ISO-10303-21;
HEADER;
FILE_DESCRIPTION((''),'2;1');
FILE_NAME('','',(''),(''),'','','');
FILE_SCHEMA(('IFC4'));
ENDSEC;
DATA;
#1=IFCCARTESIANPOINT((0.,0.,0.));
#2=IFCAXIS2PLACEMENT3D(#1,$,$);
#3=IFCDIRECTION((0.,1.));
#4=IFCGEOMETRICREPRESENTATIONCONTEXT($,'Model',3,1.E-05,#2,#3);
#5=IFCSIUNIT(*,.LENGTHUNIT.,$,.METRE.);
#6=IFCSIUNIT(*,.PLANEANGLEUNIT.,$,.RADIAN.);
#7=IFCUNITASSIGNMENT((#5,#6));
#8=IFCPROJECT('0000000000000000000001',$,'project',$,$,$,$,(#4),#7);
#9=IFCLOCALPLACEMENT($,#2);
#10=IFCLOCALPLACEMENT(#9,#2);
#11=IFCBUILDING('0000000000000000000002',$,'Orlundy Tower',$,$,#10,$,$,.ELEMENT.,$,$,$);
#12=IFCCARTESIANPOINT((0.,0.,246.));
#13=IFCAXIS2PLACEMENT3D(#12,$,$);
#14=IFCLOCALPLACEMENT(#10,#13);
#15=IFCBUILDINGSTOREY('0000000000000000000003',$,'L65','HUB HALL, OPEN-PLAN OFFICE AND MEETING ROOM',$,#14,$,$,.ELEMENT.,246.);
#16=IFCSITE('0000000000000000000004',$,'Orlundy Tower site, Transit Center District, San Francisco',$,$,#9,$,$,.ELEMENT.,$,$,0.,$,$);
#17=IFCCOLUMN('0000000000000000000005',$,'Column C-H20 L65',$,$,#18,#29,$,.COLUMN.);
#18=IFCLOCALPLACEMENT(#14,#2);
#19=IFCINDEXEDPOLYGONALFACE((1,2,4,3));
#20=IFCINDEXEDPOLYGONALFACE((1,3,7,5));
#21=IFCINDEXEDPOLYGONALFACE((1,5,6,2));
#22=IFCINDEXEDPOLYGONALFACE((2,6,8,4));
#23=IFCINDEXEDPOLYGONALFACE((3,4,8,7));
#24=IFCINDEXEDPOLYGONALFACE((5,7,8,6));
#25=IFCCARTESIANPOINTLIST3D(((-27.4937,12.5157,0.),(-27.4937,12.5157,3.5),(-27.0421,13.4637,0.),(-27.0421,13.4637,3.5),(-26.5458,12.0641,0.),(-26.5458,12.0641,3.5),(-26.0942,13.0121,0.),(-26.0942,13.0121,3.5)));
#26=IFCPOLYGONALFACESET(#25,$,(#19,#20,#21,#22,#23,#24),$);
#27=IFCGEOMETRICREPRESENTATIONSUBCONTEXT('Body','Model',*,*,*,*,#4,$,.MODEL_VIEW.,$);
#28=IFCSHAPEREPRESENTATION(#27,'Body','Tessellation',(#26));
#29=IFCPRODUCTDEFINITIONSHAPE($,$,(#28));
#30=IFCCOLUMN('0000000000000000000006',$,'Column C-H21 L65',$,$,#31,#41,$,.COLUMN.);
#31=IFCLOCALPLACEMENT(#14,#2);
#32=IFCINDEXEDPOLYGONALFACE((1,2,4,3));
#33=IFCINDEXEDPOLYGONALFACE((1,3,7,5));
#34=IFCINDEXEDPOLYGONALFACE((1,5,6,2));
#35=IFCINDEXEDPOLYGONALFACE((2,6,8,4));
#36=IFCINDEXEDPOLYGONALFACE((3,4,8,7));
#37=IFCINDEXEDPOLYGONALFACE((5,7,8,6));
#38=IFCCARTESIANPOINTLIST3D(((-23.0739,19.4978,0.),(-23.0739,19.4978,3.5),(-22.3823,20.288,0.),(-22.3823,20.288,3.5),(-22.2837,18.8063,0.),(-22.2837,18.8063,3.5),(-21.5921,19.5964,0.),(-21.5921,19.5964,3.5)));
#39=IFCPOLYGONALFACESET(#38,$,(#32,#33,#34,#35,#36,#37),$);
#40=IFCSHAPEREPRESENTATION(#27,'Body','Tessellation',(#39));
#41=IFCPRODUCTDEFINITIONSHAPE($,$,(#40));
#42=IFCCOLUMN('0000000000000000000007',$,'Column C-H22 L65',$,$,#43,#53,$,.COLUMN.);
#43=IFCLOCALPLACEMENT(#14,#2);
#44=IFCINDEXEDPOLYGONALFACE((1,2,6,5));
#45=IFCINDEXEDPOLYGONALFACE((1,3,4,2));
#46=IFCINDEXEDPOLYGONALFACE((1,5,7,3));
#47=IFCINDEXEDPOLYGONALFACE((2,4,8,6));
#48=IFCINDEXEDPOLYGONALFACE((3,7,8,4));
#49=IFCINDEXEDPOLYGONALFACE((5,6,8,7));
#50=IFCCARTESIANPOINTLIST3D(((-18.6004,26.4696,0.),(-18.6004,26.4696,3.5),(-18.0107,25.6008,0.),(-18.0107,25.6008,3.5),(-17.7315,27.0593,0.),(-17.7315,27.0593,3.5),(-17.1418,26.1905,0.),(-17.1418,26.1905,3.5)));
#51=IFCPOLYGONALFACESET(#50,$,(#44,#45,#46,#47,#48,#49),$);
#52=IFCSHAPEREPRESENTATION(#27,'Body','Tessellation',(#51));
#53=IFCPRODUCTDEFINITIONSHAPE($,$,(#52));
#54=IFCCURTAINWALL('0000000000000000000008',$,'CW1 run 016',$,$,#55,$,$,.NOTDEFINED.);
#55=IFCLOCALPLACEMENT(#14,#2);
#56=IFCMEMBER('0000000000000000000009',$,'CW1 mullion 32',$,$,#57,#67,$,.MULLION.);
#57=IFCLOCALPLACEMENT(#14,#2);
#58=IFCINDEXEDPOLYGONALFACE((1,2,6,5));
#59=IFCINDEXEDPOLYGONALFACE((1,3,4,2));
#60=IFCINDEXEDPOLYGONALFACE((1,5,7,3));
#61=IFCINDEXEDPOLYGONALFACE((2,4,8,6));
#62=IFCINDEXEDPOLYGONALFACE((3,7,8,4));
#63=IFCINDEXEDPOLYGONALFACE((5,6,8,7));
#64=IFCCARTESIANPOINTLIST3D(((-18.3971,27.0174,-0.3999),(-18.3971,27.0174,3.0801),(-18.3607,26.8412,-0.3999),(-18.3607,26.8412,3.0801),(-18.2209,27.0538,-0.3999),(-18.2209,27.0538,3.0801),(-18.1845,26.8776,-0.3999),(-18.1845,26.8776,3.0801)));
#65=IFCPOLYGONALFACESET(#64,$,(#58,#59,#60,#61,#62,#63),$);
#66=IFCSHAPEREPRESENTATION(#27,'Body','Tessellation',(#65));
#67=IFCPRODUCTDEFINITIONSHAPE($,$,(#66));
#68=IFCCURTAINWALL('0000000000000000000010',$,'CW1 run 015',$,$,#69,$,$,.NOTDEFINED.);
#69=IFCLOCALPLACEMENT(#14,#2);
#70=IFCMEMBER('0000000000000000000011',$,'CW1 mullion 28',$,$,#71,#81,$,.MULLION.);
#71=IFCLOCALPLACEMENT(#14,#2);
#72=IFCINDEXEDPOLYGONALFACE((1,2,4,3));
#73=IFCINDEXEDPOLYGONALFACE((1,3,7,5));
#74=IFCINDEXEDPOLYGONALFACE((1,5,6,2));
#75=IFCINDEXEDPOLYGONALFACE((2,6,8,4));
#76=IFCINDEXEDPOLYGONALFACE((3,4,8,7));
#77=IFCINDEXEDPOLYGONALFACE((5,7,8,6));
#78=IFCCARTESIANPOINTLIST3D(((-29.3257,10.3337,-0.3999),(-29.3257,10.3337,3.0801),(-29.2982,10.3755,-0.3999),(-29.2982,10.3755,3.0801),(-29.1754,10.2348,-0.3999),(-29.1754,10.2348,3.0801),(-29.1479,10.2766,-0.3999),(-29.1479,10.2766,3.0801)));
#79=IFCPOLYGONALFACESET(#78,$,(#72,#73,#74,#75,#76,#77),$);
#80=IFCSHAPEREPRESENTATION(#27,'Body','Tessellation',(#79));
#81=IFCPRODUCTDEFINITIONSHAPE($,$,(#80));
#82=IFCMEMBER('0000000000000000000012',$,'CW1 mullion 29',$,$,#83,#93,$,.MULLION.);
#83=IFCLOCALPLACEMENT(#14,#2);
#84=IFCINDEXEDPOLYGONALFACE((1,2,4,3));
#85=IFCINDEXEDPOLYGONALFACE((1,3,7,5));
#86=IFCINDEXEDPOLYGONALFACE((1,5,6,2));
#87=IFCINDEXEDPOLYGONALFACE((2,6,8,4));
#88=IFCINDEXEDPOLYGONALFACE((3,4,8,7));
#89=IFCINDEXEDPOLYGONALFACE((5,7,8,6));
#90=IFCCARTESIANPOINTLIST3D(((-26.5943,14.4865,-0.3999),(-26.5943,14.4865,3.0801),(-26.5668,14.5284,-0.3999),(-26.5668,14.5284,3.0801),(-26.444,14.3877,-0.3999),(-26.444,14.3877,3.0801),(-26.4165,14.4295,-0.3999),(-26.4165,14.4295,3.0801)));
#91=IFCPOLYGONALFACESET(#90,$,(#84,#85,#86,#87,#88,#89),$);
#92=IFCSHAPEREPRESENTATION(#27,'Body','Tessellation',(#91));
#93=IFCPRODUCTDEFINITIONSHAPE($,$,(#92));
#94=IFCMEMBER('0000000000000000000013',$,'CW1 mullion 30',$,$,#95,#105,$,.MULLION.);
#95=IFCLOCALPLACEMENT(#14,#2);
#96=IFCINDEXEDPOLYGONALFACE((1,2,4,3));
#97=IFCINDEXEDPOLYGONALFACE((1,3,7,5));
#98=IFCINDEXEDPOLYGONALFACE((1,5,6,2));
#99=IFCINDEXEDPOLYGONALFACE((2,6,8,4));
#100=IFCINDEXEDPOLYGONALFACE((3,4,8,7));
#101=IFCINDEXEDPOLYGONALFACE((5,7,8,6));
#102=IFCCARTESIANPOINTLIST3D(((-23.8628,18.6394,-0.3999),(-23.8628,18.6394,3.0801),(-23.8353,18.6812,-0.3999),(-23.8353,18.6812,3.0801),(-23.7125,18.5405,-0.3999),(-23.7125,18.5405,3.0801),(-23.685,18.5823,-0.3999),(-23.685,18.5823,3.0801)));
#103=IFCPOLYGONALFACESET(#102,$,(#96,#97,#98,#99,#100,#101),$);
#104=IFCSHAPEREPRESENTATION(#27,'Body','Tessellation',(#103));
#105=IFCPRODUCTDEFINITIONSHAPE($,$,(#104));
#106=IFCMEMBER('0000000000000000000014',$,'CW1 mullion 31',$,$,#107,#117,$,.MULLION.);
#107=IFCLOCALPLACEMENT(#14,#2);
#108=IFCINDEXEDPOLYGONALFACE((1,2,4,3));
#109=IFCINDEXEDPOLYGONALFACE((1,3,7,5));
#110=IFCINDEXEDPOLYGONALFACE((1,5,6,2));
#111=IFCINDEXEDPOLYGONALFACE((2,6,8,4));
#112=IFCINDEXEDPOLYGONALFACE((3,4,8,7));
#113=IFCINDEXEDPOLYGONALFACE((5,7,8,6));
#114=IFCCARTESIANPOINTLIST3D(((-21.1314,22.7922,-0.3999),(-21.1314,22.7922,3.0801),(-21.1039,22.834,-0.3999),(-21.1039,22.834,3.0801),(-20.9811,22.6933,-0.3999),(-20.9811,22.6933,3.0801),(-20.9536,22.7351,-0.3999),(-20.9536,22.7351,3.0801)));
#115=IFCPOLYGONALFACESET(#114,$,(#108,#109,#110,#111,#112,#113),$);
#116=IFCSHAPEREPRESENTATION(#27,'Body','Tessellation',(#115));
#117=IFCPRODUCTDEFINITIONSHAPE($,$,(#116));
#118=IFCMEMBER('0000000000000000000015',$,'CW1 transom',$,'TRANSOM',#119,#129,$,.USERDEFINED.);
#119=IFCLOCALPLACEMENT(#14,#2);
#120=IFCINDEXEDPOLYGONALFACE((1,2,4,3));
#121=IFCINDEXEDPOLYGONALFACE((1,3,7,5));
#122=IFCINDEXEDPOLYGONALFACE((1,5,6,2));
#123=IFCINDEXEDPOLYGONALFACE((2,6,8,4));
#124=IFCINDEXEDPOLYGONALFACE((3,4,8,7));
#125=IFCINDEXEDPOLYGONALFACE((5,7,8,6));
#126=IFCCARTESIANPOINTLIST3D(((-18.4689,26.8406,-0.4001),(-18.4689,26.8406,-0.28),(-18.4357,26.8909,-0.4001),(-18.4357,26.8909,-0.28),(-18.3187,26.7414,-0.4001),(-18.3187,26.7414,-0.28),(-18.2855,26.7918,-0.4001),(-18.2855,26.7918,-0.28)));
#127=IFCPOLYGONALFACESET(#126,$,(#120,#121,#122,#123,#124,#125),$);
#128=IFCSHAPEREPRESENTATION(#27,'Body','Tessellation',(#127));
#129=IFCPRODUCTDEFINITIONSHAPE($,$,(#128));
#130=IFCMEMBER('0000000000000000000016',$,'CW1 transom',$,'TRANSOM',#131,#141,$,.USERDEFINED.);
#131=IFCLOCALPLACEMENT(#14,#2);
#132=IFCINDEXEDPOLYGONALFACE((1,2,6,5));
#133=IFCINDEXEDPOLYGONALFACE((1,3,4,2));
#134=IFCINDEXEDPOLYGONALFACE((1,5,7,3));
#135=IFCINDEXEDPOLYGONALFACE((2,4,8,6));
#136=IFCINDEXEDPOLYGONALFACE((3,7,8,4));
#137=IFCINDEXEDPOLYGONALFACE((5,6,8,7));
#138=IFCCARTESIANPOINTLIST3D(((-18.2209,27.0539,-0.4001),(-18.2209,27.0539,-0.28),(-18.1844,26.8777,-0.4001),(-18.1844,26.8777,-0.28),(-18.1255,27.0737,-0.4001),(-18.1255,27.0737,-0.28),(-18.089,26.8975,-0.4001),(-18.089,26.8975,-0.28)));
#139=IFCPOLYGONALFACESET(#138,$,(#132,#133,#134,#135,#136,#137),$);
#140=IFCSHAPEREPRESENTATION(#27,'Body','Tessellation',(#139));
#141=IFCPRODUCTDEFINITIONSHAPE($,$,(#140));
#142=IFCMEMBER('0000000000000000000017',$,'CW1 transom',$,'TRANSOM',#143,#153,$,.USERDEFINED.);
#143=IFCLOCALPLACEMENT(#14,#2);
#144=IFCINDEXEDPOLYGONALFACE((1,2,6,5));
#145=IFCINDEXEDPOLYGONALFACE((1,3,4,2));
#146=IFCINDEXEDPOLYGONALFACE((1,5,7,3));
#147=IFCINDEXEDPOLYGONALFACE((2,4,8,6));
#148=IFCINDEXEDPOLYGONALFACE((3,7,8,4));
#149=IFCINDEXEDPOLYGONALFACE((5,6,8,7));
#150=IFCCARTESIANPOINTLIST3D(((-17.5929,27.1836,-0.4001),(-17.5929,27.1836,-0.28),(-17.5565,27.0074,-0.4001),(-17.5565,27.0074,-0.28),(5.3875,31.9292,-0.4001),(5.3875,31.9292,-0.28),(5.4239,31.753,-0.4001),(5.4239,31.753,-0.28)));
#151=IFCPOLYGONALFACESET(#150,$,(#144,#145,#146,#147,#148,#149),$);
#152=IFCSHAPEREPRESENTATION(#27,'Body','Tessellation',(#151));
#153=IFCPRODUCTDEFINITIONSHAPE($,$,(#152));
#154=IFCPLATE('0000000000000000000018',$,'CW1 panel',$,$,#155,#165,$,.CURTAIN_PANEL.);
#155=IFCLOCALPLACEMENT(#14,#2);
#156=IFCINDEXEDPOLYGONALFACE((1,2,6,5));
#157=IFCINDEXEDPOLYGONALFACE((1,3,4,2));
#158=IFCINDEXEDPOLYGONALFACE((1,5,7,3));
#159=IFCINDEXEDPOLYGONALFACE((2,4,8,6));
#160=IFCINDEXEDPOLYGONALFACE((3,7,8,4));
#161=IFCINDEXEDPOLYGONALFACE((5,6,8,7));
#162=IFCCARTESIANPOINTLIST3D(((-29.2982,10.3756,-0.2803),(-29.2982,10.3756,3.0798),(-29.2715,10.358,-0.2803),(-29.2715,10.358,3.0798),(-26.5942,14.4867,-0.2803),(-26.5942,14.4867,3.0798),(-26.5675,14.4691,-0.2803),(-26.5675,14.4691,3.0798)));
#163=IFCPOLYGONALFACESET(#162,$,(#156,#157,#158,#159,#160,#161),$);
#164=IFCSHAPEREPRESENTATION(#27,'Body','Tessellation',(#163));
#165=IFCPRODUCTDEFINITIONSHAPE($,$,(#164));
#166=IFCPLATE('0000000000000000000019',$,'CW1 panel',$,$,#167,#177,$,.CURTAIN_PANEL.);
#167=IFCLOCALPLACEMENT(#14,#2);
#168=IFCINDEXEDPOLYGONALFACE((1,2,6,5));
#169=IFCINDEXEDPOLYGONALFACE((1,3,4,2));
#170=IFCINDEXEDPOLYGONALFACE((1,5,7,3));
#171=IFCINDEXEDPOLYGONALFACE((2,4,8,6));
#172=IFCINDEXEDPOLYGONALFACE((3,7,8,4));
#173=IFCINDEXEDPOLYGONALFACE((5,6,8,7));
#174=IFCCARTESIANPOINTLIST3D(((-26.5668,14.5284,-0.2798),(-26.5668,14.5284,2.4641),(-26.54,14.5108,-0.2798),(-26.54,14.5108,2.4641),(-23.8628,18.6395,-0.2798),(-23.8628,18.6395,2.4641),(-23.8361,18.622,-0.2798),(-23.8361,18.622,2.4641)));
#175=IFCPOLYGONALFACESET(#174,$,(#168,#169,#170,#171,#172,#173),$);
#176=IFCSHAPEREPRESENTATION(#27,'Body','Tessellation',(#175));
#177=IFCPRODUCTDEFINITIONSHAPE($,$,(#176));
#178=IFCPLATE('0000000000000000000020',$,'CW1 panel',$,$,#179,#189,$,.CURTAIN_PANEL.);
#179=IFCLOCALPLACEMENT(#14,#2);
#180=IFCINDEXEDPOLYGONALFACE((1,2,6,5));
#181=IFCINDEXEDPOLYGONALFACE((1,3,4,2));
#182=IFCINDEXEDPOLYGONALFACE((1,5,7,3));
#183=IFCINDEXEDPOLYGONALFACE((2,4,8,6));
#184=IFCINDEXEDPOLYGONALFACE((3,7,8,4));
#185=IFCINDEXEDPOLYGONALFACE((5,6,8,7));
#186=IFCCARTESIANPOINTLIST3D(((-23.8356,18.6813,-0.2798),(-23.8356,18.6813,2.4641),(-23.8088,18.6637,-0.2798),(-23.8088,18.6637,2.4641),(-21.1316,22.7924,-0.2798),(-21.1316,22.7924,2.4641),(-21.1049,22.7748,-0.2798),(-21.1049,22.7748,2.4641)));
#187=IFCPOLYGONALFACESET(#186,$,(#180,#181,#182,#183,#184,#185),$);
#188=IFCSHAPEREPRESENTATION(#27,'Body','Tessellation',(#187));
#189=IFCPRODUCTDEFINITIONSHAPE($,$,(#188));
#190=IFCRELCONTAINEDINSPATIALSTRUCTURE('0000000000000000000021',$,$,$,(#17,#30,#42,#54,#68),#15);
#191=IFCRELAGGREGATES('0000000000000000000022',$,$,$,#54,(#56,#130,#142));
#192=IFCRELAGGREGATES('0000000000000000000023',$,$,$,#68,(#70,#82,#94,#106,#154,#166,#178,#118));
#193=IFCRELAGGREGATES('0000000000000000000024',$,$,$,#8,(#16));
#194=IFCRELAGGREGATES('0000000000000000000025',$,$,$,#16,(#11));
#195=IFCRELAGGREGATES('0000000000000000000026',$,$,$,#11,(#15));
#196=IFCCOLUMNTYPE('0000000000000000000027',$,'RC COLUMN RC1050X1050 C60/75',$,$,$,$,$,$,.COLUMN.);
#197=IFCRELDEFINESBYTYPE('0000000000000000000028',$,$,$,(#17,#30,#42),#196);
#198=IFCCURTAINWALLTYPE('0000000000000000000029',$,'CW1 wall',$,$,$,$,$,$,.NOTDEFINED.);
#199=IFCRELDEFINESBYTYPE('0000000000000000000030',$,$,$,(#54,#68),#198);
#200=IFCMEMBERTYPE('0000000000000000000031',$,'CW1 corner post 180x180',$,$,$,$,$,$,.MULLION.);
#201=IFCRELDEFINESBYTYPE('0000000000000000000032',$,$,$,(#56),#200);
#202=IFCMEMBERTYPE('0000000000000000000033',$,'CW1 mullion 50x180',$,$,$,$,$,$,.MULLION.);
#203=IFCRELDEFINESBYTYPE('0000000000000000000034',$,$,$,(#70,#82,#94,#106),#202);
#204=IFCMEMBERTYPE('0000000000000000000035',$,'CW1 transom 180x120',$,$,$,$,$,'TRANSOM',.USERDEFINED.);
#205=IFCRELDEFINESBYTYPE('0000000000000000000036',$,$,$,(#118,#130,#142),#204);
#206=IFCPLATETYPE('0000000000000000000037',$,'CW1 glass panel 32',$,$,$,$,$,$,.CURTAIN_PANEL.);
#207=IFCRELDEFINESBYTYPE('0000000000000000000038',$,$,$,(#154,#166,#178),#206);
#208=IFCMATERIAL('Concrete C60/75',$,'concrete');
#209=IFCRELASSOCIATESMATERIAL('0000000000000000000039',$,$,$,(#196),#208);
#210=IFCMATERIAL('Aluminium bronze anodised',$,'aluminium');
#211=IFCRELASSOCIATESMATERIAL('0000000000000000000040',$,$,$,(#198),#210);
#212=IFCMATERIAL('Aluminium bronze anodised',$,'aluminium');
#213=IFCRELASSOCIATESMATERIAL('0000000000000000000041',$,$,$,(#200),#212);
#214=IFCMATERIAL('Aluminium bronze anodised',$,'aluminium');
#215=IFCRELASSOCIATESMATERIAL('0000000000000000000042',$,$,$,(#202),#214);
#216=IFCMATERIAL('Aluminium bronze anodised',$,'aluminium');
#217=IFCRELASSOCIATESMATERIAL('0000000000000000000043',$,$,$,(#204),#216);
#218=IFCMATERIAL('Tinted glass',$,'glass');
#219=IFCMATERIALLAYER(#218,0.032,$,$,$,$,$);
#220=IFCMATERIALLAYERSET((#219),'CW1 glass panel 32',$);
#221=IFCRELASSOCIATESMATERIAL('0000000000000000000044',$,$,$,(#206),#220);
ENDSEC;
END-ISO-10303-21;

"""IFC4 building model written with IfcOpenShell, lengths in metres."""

from ifc_helpers import new_model, si_unit, direction, frame, origin, origin_2d, place, context, subcontext, project, spatial, rectangle, extrude, material, layer, layer_set, material_profile, profile_set, type_object, element, aggregate, save


model = new_model("IFC4")

# Units and contexts
model_context = context("Model", 3, precision=1e-05, world=origin(), true_north=direction((0.0, 1.0)))
body_context = subcontext(model_context, "Body", "Model", "MODEL_VIEW")
ifc_project = project(units=[si_unit("LENGTHUNIT", "METRE"), si_unit("PLANEANGLEUNIT", "RADIAN")], contexts=[model_context])

# Site, building, storey
site_placement = place(None, origin())
site = spatial("IfcSite", under=ifc_project, at=site_placement, Name="Orlundy Tower site, Transit Center District, San Francisco", CompositionType="ELEMENT", RefElevation=0.0)
building_placement = place(site_placement, origin())
building = spatial("IfcBuilding", under=site, at=building_placement, Name="Orlundy Tower", CompositionType="ELEMENT")
storey_placement = place(building_placement, frame((0.0, 0.0, 246.0)))
storey = spatial("IfcBuildingStorey", under=building, at=storey_placement, Name="L65", Description="HUB HALL, OPEN-PLAN OFFICE AND MEETING ROOM", CompositionType="ELEMENT", Elevation=246.0)

# Columns
ifc_material_1 = material(Name="Concrete C60/75", Category="concrete")
ifc_material_profile_1 = material_profile(ifc_material_1, rectangle(XDim=1.05, YDim=1.05, at=origin_2d()), Name="RC1050X1050")
ifc_profile_set_1 = profile_set([ifc_material_profile_1], Name="Concrete C60/75")
column_type = type_object("IfcColumnType", Name="RC COLUMN RC1050X1050 C60/75", PredefinedType="COLUMN", material=ifc_profile_set_1)
for number, where, z_axis, x_axis, name in (
    (1, (-26.7939, 12.7639, 0.0), (0.0, 0.0, 1.0), (-0.902796, 0.43007, 0.0), "Column C-H20 L65"),
    (2, (-22.333, 19.5471, 0.0), (0.0, 0.0, 1.0), (-0.752484, 0.658611, 0.0), "Column C-H21 L65"),
    (3, (-17.8711, 26.3301, 0.0), (0.0, 0.0, 1.0), (-0.561592, 0.827414, 0.0), "Column C-H22 L65"),
):
    element("IfcColumn", number, at=place(storey_placement, frame(where, z_axis=z_axis, x_axis=x_axis)), inside=storey, type_object=column_type, Name=name, PredefinedType="COLUMN", context=body_context, shape_type="SweptSolid", body=[
        extrude(rectangle(XDim=1.05, YDim=1.05, at=origin_2d()), origin(), (0.0, 0.0, 1.0), 3.5),
    ])

# Curtain wall, member
ifc_material_2 = material(Name="Aluminium bronze anodised", Category="aluminium")
curtain_wall_type = type_object("IfcCurtainWallType", Name="CW1 wall", PredefinedType="NOTDEFINED", material=ifc_material_2)
curtain_wall_1_placement = place(storey_placement, origin())
curtain_wall_1 = element("IfcCurtainWall", 4, at=curtain_wall_1_placement, inside=storey, type_object=curtain_wall_type, Name="CW1 run 016", PredefinedType="NOTDEFINED")
ifc_material_3 = material(Name="Aluminium bronze anodised", Category="aluminium")
ifc_material_profile_2 = material_profile(ifc_material_3, rectangle(XDim=0.1799, YDim=0.1799, at=origin_2d()), Name="CW1 corner post 180x180")
ifc_profile_set_2 = profile_set([ifc_material_profile_2], Name="Aluminium bronze anodised")
member_type_1 = type_object("IfcMemberType", Name="CW1 corner post 180x180", PredefinedType="MULLION", material=ifc_profile_set_2)
member_1_placement = place(storey_placement, frame((-18.2908, 26.9475, -0.3999), z_axis=(0.0, 0.0, 1.0), x_axis=(-0.202233, 0.979337, 0.0)))
member_1 = element("IfcMember", 5, at=member_1_placement, type_object=member_type_1, Name="CW1 mullion 32", PredefinedType="MULLION", context=body_context, shape_type="SweptSolid", body=[
    extrude(rectangle(XDim=0.1799, YDim=0.1799, at=origin_2d()), origin(), (0.0, 0.0, 1.0), 3.48),
])

# Curtain wall, members
curtain_wall_2_placement = place(storey_placement, origin())
curtain_wall_2 = element("IfcCurtainWall", 6, at=curtain_wall_2_placement, inside=storey, type_object=curtain_wall_type, Name="CW1 run 015", PredefinedType="NOTDEFINED")
ifc_material_4 = material(Name="Aluminium bronze anodised", Category="aluminium")
ifc_material_profile_3 = material_profile(ifc_material_4, rectangle(XDim=0.1799, YDim=0.05, at=origin_2d()), Name="CW1 mullion 50x180")
ifc_profile_set_3 = profile_set([ifc_material_profile_3], Name="Aluminium bronze anodised")
member_type_2 = type_object("IfcMemberType", Name="CW1 mullion 50x180", PredefinedType="MULLION", material=ifc_profile_set_3)
member_2_placement = place(storey_placement, frame((-29.2368, 10.3052, -0.3999), z_axis=(0.0, 0.0, 1.0), x_axis=(-0.835482, 0.549517, 0.0)))
member_2 = element("IfcMember", 7, at=member_2_placement, type_object=member_type_2, Name="CW1 mullion 28", PredefinedType="MULLION", context=body_context, shape_type="SweptSolid", body=[
    extrude(rectangle(XDim=0.1799, YDim=0.05, at=origin_2d()), origin(), (0.0, 0.0, 1.0), 3.48),
])
member_3_placement = place(storey_placement, frame((-26.5054, 14.458, -0.3999), z_axis=(0.0, 0.0, 1.0), x_axis=(-0.835482, 0.549517, 0.0)))
member_3 = element("IfcMember", 8, at=member_3_placement, type_object=member_type_2, Name="CW1 mullion 29", PredefinedType="MULLION", context=body_context, shape_type="SweptSolid", body=[
    extrude(rectangle(XDim=0.1799, YDim=0.05, at=origin_2d()), origin(), (0.0, 0.0, 1.0), 3.48),
])
member_4_placement = place(storey_placement, frame((-23.7739, 18.6108, -0.3999), z_axis=(0.0, 0.0, 1.0), x_axis=(-0.835482, 0.549517, 0.0)))
member_4 = element("IfcMember", 9, at=member_4_placement, type_object=member_type_2, Name="CW1 mullion 30", PredefinedType="MULLION", context=body_context, shape_type="SweptSolid", body=[
    extrude(rectangle(XDim=0.1799, YDim=0.05, at=origin_2d()), origin(), (0.0, 0.0, 1.0), 3.48),
])
member_5_placement = place(storey_placement, frame((-21.0425, 22.7637, -0.3999), z_axis=(0.0, 0.0, 1.0), x_axis=(-0.835482, 0.549517, 0.0)))
member_5 = element("IfcMember", 10, at=member_5_placement, type_object=member_type_2, Name="CW1 mullion 31", PredefinedType="MULLION", context=body_context, shape_type="SweptSolid", body=[
    extrude(rectangle(XDim=0.1799, YDim=0.05, at=origin_2d()), origin(), (0.0, 0.0, 1.0), 3.48),
])
ifc_material_5 = material(Name="Aluminium bronze anodised", Category="aluminium")
ifc_material_profile_4 = material_profile(ifc_material_5, rectangle(XDim=0.1799, YDim=0.1201, at=origin_2d()), Name="CW1 transom 180x120")
ifc_profile_set_4 = profile_set([ifc_material_profile_4], Name="Aluminium bronze anodised")
member_type_3 = type_object("IfcMemberType", Name="CW1 transom 180x120", ElementType="TRANSOM", PredefinedType="USERDEFINED", material=ifc_profile_set_4)
member_6_placement = place(storey_placement, frame((-18.3938, 26.791, -0.3401), z_axis=(0.550955, 0.834535, 0.0), x_axis=(-0.834535, 0.550955, 0.0)))
member_6 = element("IfcMember", 11, at=member_6_placement, type_object=member_type_3, Name="CW1 transom", ObjectType="TRANSOM", PredefinedType="USERDEFINED", context=body_context, shape_type="SweptSolid", body=[
    extrude(rectangle(XDim=0.1799, YDim=0.1201, at=origin_2d()), origin(), (0.0, 0.0, 1.0), 0.0603),
])

# Members
member_7_placement = place(storey_placement, frame((-18.2026, 26.9658, -0.3401), z_axis=(0.979209, 0.202854, 0.0), x_axis=(-0.202854, 0.979209, 0.0)))
member_7 = element("IfcMember", 12, at=member_7_placement, type_object=member_type_3, Name="CW1 transom", ObjectType="TRANSOM", PredefinedType="USERDEFINED", context=body_context, shape_type="SweptSolid", body=[
    extrude(rectangle(XDim=0.1799, YDim=0.1201, at=origin_2d()), origin(), (0.0, 0.0, 1.0), 0.0974),
])
member_8_placement = place(storey_placement, frame((-17.5747, 27.0955, -0.3401), z_axis=(0.979336, 0.202239, 0.0), x_axis=(-0.202239, 0.979336, 0.0)))
member_8 = element("IfcMember", 13, at=member_8_placement, type_object=member_type_3, Name="CW1 transom", ObjectType="TRANSOM", PredefinedType="USERDEFINED", context=body_context, shape_type="SweptSolid", body=[
    extrude(rectangle(XDim=0.1799, YDim=0.1201, at=origin_2d()), origin(), (0.0, 0.0, 1.0), 23.4653),
])
aggregate(curtain_wall_1, [member_1, member_7, member_8])

# Plates
ifc_material_6 = material(Name="Tinted glass", Category="glass")
ifc_layer_1 = layer(ifc_material_6, 0.032)
ifc_layer_set_1 = layer_set([ifc_layer_1], Name="CW1 glass panel 32")
plate_type = type_object("IfcPlateType", Name="CW1 glass panel 32", PredefinedType="CURTAIN_PANEL", material=ifc_layer_set_1)
plate_1_placement = place(storey_placement, frame((-27.9329, 12.4224, -0.2803), z_axis=(0.0, 0.0, 1.0), x_axis=(0.549517, 0.835482, 0.0)))
plate_1 = element("IfcPlate", 14, at=plate_1_placement, type_object=plate_type, Name="CW1 panel", PredefinedType="CURTAIN_PANEL", context=body_context, shape_type="SweptSolid", body=[
    extrude(rectangle(XDim=4.9207, YDim=0.032, at=origin_2d()), origin(), (0.0, 0.0, 1.0), 3.3601),
])
plate_2_placement = place(storey_placement, frame((-25.2014, 16.5752, -0.2798), z_axis=(0.0, 0.0, 1.0), x_axis=(0.549517, 0.835482, 0.0)))
plate_2 = element("IfcPlate", 15, at=plate_2_placement, type_object=plate_type, Name="CW1 panel", PredefinedType="CURTAIN_PANEL", context=body_context, shape_type="SweptSolid", body=[
    extrude(rectangle(XDim=4.9207, YDim=0.032, at=origin_2d()), origin(), (0.0, 0.0, 1.0), 2.7439),
])
plate_3_placement = place(storey_placement, frame((-22.4702, 20.728, -0.2798), z_axis=(0.0, 0.0, 1.0), x_axis=(0.549517, 0.835482, 0.0)))
plate_3 = element("IfcPlate", 16, at=plate_3_placement, type_object=plate_type, Name="CW1 panel", PredefinedType="CURTAIN_PANEL", context=body_context, shape_type="SweptSolid", body=[
    extrude(rectangle(XDim=4.9207, YDim=0.032, at=origin_2d()), origin(), (0.0, 0.0, 1.0), 2.7439),
])
aggregate(curtain_wall_2, [member_2, member_3, member_4, member_5, plate_1, plate_2, plate_3, member_6])

save(model, "model.ifc")
